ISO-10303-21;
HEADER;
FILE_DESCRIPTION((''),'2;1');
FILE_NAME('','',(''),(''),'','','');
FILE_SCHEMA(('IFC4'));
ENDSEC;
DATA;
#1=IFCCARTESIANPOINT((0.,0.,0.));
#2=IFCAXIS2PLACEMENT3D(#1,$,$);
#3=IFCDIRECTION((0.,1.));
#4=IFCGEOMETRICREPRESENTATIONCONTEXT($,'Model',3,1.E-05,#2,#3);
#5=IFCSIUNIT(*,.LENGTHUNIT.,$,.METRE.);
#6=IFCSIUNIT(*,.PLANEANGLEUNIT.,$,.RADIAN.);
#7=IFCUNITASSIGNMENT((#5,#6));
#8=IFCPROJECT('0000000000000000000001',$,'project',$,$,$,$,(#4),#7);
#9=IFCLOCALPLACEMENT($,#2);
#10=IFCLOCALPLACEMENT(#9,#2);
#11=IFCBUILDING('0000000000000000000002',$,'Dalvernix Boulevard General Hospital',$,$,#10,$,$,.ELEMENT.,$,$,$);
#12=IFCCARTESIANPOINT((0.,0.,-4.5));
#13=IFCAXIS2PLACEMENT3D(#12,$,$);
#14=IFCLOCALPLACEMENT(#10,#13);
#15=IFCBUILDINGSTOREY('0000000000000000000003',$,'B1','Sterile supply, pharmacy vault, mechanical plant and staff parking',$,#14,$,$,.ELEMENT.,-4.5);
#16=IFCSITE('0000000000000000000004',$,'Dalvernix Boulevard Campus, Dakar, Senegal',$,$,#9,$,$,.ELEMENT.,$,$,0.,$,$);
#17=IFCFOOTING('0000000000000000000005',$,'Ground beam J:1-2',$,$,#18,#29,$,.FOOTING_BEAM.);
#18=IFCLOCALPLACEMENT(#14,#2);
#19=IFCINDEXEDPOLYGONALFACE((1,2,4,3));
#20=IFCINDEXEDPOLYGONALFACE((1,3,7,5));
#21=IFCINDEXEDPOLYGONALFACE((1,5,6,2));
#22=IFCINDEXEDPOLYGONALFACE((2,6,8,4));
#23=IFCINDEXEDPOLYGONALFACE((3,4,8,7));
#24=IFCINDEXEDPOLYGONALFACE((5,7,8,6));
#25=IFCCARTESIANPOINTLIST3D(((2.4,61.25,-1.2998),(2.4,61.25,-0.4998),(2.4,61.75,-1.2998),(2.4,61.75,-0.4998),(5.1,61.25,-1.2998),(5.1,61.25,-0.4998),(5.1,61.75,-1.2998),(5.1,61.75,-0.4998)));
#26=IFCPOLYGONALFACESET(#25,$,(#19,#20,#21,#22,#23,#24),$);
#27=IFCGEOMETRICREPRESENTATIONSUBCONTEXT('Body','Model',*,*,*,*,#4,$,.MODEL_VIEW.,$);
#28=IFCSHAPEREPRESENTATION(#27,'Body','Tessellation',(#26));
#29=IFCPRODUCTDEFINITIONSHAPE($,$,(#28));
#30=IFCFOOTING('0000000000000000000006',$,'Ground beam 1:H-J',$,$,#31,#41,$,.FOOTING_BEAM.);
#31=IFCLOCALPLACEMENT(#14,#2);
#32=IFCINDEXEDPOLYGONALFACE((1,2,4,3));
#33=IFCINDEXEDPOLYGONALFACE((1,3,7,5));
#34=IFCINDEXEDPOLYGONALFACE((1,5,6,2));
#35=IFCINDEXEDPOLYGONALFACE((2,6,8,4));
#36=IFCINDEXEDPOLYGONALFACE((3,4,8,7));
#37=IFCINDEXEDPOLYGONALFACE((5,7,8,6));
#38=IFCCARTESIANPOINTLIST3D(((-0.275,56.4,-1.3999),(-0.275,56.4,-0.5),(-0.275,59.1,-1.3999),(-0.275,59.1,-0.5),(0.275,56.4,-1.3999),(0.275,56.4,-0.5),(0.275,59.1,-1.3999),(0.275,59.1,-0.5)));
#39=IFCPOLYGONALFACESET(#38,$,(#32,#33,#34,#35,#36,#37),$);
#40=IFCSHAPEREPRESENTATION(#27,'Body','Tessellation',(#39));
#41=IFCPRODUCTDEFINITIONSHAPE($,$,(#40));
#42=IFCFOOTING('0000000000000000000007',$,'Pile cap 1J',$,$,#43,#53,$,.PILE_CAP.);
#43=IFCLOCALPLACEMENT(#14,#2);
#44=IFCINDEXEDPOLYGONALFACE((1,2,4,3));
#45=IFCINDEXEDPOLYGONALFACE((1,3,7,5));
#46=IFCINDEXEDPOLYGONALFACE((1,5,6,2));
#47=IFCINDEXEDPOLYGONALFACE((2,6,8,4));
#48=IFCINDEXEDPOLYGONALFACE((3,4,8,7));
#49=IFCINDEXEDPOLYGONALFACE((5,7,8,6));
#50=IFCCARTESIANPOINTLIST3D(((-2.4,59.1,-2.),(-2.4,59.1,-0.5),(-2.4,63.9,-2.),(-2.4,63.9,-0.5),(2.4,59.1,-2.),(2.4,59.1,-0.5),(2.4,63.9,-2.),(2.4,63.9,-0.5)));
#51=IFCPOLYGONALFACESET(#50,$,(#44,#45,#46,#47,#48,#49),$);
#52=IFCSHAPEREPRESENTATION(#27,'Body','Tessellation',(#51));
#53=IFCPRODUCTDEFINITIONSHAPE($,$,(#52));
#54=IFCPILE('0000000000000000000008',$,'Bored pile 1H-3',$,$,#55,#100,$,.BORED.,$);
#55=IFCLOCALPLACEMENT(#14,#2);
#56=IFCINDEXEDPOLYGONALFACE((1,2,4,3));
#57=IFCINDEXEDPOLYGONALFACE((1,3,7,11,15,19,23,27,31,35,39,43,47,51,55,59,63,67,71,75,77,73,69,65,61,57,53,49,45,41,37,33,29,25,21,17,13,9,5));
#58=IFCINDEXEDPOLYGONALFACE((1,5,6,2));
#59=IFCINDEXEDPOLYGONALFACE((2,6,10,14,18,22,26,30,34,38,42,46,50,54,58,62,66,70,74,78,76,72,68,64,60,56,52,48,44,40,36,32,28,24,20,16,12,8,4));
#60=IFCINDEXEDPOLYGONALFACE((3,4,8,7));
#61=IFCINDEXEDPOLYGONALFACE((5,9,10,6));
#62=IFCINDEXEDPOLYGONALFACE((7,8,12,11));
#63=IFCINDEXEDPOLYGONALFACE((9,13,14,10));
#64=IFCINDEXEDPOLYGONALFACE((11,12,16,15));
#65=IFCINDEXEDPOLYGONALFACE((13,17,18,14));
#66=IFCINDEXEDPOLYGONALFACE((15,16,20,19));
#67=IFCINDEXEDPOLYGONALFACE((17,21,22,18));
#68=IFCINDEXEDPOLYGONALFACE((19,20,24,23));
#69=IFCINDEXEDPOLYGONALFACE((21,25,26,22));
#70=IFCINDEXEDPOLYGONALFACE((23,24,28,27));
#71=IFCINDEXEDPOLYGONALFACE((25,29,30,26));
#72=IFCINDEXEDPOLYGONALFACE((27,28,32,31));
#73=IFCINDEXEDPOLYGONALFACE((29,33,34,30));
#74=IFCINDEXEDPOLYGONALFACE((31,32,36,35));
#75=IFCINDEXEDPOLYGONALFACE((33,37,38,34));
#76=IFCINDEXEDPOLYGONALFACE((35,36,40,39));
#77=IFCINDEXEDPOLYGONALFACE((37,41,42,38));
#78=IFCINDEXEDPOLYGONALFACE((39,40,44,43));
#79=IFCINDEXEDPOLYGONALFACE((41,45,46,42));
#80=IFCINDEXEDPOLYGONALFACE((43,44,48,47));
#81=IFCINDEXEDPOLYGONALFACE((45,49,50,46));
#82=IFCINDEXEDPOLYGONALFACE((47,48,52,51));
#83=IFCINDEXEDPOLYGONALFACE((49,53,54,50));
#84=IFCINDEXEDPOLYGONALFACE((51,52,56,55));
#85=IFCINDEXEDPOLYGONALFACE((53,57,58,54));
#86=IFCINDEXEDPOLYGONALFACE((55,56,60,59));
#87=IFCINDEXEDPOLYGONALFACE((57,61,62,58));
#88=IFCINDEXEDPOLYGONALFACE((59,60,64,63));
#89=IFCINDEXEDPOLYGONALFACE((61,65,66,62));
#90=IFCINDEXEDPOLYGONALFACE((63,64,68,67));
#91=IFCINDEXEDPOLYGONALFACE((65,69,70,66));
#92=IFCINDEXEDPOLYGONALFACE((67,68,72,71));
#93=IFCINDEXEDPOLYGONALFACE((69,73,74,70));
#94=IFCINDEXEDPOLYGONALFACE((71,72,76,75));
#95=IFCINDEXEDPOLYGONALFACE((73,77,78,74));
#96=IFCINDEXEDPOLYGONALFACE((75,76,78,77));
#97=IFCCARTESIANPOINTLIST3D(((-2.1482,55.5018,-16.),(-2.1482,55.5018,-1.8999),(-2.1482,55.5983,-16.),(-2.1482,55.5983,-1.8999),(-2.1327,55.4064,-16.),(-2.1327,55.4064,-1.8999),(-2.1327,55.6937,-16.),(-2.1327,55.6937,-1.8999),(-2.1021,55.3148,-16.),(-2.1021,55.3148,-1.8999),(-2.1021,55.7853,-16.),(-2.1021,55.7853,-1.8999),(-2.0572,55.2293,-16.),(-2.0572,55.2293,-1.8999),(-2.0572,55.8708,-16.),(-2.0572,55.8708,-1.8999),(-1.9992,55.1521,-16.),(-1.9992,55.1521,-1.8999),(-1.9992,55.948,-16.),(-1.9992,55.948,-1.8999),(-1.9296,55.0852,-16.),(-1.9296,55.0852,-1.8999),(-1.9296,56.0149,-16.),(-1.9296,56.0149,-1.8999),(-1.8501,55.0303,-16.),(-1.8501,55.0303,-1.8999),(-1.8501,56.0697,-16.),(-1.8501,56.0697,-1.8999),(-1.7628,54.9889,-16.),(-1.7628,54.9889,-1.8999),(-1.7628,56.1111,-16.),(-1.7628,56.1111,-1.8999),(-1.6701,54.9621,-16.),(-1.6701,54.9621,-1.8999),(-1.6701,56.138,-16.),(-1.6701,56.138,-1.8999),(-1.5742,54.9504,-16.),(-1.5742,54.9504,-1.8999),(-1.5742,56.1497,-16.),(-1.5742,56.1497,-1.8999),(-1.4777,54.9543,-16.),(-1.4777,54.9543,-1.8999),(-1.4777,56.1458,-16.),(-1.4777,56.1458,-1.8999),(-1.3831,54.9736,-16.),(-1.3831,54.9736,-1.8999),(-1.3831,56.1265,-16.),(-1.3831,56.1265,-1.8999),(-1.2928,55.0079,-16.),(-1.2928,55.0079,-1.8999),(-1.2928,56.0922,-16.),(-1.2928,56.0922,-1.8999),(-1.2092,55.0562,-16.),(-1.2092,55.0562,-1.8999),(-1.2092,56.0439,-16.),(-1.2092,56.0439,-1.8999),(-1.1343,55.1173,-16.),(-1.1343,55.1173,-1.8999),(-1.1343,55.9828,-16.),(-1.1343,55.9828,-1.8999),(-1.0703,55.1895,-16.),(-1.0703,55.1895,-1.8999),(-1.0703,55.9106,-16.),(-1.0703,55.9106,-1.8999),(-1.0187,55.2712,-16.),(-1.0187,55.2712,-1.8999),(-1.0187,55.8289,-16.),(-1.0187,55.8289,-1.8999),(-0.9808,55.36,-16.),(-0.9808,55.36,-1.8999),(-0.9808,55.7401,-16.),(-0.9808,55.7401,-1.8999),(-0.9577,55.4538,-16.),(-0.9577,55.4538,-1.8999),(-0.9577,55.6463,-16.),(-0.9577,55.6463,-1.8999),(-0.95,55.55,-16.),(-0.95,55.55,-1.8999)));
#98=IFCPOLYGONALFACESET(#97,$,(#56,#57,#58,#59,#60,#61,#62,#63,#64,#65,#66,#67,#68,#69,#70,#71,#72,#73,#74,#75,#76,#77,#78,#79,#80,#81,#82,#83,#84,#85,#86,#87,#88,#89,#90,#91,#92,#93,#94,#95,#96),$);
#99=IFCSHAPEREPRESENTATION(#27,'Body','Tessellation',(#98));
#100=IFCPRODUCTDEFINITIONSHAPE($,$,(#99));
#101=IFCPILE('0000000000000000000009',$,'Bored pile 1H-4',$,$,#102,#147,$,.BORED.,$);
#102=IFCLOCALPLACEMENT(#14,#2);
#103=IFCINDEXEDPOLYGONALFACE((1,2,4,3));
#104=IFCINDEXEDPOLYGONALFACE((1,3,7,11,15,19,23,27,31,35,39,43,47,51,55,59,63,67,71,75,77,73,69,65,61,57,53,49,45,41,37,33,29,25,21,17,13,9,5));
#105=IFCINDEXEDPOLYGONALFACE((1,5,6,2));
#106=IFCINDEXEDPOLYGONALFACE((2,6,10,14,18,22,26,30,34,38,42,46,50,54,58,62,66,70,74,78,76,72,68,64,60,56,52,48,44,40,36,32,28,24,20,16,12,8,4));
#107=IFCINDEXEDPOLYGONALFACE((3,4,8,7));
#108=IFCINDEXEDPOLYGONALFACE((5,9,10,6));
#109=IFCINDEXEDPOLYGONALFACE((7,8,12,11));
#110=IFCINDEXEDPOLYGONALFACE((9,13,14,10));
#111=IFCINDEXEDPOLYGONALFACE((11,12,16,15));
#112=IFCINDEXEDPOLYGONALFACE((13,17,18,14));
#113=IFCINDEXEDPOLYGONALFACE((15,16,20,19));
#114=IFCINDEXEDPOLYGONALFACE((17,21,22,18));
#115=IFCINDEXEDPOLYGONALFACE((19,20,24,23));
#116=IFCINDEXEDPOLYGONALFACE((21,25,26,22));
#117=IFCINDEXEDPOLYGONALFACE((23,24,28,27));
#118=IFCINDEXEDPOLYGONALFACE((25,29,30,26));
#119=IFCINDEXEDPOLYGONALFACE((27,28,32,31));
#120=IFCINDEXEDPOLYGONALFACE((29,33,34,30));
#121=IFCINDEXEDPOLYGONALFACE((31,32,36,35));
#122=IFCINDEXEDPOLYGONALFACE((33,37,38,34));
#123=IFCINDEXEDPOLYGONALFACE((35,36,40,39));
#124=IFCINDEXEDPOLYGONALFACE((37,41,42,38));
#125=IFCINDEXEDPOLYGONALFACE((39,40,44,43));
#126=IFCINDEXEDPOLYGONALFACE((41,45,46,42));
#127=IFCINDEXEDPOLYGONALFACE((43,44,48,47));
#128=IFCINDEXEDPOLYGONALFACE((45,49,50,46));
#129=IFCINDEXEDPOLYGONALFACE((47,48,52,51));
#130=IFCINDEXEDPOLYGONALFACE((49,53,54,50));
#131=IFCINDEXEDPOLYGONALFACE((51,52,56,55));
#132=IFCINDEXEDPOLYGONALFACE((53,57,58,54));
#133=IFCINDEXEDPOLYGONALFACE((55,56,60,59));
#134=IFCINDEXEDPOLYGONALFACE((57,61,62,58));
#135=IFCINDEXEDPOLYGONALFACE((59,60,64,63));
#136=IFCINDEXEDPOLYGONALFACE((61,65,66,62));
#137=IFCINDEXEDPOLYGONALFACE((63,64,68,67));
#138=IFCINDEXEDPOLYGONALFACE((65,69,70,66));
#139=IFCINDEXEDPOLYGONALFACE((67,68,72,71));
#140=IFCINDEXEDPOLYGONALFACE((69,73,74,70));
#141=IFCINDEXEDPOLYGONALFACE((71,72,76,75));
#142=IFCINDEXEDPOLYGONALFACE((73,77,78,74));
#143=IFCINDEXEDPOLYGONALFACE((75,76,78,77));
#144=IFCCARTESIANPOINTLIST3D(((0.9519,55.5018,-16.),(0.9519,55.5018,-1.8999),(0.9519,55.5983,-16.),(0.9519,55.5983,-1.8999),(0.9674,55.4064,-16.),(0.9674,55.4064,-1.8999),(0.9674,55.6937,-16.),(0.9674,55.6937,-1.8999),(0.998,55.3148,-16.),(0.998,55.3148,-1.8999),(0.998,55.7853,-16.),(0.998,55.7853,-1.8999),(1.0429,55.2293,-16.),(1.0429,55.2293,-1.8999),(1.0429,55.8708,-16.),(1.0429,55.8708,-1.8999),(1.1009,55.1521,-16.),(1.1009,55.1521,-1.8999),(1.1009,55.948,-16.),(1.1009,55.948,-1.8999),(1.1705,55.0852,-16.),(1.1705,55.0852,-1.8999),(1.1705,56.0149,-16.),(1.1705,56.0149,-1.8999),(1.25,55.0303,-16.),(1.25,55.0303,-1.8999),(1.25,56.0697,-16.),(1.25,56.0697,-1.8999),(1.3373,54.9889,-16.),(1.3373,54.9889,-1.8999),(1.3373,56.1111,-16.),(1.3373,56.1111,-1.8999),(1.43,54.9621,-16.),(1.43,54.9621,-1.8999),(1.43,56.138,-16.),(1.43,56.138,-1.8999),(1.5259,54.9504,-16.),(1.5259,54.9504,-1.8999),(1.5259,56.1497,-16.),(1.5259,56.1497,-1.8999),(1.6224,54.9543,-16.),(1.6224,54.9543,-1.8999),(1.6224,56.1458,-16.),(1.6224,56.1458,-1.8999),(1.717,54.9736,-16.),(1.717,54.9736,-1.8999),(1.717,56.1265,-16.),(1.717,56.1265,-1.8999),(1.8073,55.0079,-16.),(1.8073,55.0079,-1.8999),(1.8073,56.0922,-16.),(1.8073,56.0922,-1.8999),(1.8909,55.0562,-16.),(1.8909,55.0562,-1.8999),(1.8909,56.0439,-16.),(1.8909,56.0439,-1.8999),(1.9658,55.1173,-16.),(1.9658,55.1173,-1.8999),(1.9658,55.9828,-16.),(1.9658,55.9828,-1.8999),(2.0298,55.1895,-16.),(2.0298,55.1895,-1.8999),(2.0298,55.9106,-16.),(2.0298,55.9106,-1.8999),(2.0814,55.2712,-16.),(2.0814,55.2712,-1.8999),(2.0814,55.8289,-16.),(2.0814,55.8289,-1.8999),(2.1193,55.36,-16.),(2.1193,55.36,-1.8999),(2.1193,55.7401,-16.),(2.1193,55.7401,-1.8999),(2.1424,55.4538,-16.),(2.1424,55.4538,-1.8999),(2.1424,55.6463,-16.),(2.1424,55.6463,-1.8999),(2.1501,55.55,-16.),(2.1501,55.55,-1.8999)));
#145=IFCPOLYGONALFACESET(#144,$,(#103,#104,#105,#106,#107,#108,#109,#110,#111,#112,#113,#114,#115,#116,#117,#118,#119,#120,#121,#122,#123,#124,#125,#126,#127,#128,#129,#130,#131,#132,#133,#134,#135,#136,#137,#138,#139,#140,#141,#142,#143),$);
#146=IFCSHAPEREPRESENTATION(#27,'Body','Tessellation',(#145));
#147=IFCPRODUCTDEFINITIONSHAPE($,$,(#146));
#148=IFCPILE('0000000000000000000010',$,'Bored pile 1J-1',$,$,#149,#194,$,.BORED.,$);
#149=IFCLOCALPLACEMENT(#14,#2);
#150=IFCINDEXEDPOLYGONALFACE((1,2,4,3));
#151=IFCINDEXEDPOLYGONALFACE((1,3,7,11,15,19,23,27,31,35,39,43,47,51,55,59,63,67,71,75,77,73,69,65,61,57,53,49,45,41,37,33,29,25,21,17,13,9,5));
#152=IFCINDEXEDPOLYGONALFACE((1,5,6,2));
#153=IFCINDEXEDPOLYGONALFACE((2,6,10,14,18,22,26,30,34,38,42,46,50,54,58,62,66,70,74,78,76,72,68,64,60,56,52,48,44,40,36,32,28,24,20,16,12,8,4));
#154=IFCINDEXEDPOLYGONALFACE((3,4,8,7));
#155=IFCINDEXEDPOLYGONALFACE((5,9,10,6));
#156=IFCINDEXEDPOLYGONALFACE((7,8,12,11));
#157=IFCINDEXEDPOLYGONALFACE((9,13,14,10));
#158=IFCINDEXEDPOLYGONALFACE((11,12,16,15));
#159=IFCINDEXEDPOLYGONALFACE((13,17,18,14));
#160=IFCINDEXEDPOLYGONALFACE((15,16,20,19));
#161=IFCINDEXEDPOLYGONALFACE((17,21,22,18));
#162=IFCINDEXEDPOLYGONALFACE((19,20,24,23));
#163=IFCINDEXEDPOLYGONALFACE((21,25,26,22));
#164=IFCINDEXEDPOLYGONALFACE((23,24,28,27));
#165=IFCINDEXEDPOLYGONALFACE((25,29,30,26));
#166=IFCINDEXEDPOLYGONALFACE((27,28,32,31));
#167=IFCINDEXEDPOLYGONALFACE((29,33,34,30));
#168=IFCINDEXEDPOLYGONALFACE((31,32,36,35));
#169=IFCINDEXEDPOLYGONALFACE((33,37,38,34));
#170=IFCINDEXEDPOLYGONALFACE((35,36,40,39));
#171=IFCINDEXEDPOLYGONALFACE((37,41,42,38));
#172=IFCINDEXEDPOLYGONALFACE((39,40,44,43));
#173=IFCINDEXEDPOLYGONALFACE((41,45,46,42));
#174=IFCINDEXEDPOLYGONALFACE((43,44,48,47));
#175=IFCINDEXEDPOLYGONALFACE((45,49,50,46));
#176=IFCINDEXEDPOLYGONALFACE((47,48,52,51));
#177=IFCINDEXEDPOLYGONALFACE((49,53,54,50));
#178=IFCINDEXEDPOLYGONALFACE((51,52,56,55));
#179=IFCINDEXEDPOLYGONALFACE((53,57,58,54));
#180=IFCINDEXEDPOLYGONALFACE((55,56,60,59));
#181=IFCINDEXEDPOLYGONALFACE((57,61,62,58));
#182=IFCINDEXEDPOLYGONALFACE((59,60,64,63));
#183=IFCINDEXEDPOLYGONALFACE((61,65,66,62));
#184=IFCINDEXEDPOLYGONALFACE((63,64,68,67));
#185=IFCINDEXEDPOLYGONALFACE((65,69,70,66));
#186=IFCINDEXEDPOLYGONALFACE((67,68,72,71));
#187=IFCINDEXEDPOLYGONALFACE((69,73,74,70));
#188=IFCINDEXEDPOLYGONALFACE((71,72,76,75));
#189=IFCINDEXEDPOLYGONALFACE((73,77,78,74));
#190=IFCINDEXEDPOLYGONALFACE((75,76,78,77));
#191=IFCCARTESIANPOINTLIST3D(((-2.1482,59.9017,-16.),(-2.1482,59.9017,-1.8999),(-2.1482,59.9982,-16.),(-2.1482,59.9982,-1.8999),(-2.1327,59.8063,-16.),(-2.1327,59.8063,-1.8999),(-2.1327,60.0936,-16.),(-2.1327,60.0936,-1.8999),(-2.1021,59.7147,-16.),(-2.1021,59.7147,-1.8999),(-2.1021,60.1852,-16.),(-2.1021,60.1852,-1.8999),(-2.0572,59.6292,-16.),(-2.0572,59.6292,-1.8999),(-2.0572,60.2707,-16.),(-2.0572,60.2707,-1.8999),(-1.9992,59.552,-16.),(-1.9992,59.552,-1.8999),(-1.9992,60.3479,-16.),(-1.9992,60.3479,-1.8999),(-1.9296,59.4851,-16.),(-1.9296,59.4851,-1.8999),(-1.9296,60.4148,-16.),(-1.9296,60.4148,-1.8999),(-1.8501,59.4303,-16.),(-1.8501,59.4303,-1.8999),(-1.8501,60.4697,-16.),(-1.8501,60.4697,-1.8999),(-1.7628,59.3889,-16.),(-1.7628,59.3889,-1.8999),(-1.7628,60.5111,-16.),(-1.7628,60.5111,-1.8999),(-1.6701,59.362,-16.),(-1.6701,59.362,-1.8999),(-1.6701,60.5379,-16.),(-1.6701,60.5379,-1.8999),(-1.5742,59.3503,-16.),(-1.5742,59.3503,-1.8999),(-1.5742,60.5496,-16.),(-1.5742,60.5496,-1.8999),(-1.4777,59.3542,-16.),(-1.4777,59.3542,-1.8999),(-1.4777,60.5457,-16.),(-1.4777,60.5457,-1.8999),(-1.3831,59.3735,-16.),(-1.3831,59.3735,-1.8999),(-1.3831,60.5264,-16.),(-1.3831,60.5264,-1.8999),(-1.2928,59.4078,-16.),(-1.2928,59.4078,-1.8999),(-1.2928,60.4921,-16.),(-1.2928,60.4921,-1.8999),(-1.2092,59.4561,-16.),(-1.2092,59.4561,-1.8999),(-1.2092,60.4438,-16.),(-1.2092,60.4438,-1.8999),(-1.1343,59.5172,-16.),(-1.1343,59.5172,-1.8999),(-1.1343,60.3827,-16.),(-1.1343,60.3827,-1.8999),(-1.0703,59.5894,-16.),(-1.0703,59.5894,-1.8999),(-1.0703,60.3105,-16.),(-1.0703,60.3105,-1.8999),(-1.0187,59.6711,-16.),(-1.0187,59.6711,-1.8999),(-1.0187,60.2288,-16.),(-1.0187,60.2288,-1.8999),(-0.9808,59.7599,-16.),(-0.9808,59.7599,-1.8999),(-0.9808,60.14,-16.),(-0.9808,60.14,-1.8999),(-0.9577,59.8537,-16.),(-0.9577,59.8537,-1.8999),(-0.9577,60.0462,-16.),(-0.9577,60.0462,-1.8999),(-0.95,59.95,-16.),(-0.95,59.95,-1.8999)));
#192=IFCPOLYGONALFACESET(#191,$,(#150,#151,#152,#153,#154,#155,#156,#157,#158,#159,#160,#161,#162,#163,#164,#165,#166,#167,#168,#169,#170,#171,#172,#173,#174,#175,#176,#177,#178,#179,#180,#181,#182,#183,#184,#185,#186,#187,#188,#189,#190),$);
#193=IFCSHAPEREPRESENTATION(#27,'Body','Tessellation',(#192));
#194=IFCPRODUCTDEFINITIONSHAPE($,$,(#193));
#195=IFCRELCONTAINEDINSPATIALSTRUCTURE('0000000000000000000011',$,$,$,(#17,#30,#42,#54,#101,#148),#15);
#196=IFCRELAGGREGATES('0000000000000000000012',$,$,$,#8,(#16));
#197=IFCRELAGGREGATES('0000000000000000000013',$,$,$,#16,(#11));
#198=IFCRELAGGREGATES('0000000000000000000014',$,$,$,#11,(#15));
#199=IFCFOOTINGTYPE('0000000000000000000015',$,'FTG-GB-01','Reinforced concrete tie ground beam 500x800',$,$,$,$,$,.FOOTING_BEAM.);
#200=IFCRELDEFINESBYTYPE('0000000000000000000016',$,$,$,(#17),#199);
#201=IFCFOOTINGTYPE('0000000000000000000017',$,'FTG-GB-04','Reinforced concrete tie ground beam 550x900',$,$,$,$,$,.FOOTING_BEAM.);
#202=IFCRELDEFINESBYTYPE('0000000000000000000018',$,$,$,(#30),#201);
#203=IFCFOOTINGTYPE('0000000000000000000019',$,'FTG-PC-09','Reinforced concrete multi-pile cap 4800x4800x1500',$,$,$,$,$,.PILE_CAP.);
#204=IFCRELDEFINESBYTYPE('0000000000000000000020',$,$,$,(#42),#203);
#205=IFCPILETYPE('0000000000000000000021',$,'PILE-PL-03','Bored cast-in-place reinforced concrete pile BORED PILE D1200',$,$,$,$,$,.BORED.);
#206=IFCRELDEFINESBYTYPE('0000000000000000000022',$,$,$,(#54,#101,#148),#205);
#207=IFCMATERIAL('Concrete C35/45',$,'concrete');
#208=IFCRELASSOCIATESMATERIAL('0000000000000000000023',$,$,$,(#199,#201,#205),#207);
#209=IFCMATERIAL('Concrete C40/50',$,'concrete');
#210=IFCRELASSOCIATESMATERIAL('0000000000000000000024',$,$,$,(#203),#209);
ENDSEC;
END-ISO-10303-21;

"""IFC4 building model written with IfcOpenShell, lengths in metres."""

from ifc_helpers import new_model, si_unit, direction, frame, origin, origin_2d, place, context, subcontext, project, spatial, rectangle, circle, extrude, material, material_profile, profile_set, type_object, element, save


model = new_model("IFC4")

# Units and contexts
model_context = context("Model", 3, precision=1e-05, world=origin(), true_north=direction((0.0, 1.0)))
body_context = subcontext(model_context, "Body", "Model", "MODEL_VIEW")
ifc_project = project(units=[si_unit("LENGTHUNIT", "METRE"), si_unit("PLANEANGLEUNIT", "RADIAN")], contexts=[model_context])

# Site, building, storey
site_placement = place(None, origin())
site = spatial("IfcSite", under=ifc_project, at=site_placement, Name="Dalvernix Boulevard Campus, Dakar, Senegal", CompositionType="ELEMENT", RefElevation=0.0)
building_placement = place(site_placement, origin())
building = spatial("IfcBuilding", under=site, at=building_placement, Name="Dalvernix Boulevard General Hospital", CompositionType="ELEMENT")
storey_placement = place(building_placement, frame((0.0, 0.0, -4.5)))
storey = spatial("IfcBuildingStorey", under=building, at=storey_placement, Name="B1", Description="Sterile supply, pharmacy vault, mechanical plant and staff parking", CompositionType="ELEMENT", Elevation=-4.5)

# Footings
ifc_material_1 = material(Name="Concrete C35/45", Category="concrete")
footing_type_1 = type_object("IfcFootingType", Name="FTG-GB-01", Description="Reinforced concrete tie ground beam 500x800", PredefinedType="FOOTING_BEAM", material=ifc_material_1)
footing_1_placement = place(storey_placement, frame((3.75, 61.5, -1.2998), z_axis=(0.0, 0.0, 1.0), x_axis=(1.0, 0.0, 0.0)))
element("IfcFooting", 1, at=footing_1_placement, inside=storey, type_object=footing_type_1, Name="Ground beam J:1-2", PredefinedType="FOOTING_BEAM", context=body_context, shape_type="SweptSolid", body=[
    extrude(rectangle(XDim=2.7, YDim=0.5, at=origin_2d()), origin(), (0.0, 0.0, 1.0), 0.8),
])
footing_type_2 = type_object("IfcFootingType", Name="FTG-GB-04", Description="Reinforced concrete tie ground beam 550x900", PredefinedType="FOOTING_BEAM", material=ifc_material_1)
footing_2_placement = place(storey_placement, frame((0.0, 57.75, -1.3999), z_axis=(0.0, 0.0, 1.0), x_axis=(0.0, 1.0, 0.0)))
element("IfcFooting", 2, at=footing_2_placement, inside=storey, type_object=footing_type_2, Name="Ground beam 1:H-J", PredefinedType="FOOTING_BEAM", context=body_context, shape_type="SweptSolid", body=[
    extrude(rectangle(XDim=2.7, YDim=0.55, at=origin_2d()), origin(), (0.0, 0.0, 1.0), 0.8999),
])
ifc_material_2 = material(Name="Concrete C40/50", Category="concrete")
footing_type_3 = type_object("IfcFootingType", Name="FTG-PC-09", Description="Reinforced concrete multi-pile cap 4800x4800x1500", PredefinedType="PILE_CAP", material=ifc_material_2)
footing_3_placement = place(storey_placement, frame((0.0, 61.5, -2.0), z_axis=(0.0, 0.0, 1.0), x_axis=(1.0, 0.0, 0.0)))
element("IfcFooting", 3, at=footing_3_placement, inside=storey, type_object=footing_type_3, Name="Pile cap 1J", PredefinedType="PILE_CAP", context=body_context, shape_type="SweptSolid", body=[
    extrude(rectangle(XDim=4.8, YDim=4.8, at=origin_2d()), origin(), (0.0, 0.0, 1.0), 1.5),
])

# Piles
ifc_material_profile_1 = material_profile(ifc_material_1, circle(Radius=0.6001, at=origin_2d()), Name="BORED PILE D1200")
ifc_profile_set_1 = profile_set([ifc_material_profile_1], Name="Concrete C35/45")
pile_type = type_object("IfcPileType", Name="PILE-PL-03", Description="Bored cast-in-place reinforced concrete pile BORED PILE D1200", PredefinedType="BORED", material=ifc_profile_set_1)
for number, where, z_axis, x_axis, name in (
    (4, (-1.55, 55.55, -1.8999), (0.0, 0.0, -1.0), (1.0, 0.0, 0.0), "Bored pile 1H-3"),
    (5, (1.55, 55.55, -1.8999), (0.0, 0.0, -1.0), (1.0, 0.0, 0.0), "Bored pile 1H-4"),
    (6, (-1.55, 59.95, -1.8999), (0.0, 0.0, -1.0), (1.0, 0.0, 0.0), "Bored pile 1J-1"),
):
    element("IfcPile", number, at=place(storey_placement, frame(where, z_axis=z_axis, x_axis=x_axis)), inside=storey, type_object=pile_type, Name=name, PredefinedType="BORED", context=body_context, shape_type="SweptSolid", body=[
        extrude(circle(Radius=0.6001, at=origin_2d()), origin(), (0.0, 0.0, 1.0), 14.1001),
    ])

save(model, "model.ifc")
